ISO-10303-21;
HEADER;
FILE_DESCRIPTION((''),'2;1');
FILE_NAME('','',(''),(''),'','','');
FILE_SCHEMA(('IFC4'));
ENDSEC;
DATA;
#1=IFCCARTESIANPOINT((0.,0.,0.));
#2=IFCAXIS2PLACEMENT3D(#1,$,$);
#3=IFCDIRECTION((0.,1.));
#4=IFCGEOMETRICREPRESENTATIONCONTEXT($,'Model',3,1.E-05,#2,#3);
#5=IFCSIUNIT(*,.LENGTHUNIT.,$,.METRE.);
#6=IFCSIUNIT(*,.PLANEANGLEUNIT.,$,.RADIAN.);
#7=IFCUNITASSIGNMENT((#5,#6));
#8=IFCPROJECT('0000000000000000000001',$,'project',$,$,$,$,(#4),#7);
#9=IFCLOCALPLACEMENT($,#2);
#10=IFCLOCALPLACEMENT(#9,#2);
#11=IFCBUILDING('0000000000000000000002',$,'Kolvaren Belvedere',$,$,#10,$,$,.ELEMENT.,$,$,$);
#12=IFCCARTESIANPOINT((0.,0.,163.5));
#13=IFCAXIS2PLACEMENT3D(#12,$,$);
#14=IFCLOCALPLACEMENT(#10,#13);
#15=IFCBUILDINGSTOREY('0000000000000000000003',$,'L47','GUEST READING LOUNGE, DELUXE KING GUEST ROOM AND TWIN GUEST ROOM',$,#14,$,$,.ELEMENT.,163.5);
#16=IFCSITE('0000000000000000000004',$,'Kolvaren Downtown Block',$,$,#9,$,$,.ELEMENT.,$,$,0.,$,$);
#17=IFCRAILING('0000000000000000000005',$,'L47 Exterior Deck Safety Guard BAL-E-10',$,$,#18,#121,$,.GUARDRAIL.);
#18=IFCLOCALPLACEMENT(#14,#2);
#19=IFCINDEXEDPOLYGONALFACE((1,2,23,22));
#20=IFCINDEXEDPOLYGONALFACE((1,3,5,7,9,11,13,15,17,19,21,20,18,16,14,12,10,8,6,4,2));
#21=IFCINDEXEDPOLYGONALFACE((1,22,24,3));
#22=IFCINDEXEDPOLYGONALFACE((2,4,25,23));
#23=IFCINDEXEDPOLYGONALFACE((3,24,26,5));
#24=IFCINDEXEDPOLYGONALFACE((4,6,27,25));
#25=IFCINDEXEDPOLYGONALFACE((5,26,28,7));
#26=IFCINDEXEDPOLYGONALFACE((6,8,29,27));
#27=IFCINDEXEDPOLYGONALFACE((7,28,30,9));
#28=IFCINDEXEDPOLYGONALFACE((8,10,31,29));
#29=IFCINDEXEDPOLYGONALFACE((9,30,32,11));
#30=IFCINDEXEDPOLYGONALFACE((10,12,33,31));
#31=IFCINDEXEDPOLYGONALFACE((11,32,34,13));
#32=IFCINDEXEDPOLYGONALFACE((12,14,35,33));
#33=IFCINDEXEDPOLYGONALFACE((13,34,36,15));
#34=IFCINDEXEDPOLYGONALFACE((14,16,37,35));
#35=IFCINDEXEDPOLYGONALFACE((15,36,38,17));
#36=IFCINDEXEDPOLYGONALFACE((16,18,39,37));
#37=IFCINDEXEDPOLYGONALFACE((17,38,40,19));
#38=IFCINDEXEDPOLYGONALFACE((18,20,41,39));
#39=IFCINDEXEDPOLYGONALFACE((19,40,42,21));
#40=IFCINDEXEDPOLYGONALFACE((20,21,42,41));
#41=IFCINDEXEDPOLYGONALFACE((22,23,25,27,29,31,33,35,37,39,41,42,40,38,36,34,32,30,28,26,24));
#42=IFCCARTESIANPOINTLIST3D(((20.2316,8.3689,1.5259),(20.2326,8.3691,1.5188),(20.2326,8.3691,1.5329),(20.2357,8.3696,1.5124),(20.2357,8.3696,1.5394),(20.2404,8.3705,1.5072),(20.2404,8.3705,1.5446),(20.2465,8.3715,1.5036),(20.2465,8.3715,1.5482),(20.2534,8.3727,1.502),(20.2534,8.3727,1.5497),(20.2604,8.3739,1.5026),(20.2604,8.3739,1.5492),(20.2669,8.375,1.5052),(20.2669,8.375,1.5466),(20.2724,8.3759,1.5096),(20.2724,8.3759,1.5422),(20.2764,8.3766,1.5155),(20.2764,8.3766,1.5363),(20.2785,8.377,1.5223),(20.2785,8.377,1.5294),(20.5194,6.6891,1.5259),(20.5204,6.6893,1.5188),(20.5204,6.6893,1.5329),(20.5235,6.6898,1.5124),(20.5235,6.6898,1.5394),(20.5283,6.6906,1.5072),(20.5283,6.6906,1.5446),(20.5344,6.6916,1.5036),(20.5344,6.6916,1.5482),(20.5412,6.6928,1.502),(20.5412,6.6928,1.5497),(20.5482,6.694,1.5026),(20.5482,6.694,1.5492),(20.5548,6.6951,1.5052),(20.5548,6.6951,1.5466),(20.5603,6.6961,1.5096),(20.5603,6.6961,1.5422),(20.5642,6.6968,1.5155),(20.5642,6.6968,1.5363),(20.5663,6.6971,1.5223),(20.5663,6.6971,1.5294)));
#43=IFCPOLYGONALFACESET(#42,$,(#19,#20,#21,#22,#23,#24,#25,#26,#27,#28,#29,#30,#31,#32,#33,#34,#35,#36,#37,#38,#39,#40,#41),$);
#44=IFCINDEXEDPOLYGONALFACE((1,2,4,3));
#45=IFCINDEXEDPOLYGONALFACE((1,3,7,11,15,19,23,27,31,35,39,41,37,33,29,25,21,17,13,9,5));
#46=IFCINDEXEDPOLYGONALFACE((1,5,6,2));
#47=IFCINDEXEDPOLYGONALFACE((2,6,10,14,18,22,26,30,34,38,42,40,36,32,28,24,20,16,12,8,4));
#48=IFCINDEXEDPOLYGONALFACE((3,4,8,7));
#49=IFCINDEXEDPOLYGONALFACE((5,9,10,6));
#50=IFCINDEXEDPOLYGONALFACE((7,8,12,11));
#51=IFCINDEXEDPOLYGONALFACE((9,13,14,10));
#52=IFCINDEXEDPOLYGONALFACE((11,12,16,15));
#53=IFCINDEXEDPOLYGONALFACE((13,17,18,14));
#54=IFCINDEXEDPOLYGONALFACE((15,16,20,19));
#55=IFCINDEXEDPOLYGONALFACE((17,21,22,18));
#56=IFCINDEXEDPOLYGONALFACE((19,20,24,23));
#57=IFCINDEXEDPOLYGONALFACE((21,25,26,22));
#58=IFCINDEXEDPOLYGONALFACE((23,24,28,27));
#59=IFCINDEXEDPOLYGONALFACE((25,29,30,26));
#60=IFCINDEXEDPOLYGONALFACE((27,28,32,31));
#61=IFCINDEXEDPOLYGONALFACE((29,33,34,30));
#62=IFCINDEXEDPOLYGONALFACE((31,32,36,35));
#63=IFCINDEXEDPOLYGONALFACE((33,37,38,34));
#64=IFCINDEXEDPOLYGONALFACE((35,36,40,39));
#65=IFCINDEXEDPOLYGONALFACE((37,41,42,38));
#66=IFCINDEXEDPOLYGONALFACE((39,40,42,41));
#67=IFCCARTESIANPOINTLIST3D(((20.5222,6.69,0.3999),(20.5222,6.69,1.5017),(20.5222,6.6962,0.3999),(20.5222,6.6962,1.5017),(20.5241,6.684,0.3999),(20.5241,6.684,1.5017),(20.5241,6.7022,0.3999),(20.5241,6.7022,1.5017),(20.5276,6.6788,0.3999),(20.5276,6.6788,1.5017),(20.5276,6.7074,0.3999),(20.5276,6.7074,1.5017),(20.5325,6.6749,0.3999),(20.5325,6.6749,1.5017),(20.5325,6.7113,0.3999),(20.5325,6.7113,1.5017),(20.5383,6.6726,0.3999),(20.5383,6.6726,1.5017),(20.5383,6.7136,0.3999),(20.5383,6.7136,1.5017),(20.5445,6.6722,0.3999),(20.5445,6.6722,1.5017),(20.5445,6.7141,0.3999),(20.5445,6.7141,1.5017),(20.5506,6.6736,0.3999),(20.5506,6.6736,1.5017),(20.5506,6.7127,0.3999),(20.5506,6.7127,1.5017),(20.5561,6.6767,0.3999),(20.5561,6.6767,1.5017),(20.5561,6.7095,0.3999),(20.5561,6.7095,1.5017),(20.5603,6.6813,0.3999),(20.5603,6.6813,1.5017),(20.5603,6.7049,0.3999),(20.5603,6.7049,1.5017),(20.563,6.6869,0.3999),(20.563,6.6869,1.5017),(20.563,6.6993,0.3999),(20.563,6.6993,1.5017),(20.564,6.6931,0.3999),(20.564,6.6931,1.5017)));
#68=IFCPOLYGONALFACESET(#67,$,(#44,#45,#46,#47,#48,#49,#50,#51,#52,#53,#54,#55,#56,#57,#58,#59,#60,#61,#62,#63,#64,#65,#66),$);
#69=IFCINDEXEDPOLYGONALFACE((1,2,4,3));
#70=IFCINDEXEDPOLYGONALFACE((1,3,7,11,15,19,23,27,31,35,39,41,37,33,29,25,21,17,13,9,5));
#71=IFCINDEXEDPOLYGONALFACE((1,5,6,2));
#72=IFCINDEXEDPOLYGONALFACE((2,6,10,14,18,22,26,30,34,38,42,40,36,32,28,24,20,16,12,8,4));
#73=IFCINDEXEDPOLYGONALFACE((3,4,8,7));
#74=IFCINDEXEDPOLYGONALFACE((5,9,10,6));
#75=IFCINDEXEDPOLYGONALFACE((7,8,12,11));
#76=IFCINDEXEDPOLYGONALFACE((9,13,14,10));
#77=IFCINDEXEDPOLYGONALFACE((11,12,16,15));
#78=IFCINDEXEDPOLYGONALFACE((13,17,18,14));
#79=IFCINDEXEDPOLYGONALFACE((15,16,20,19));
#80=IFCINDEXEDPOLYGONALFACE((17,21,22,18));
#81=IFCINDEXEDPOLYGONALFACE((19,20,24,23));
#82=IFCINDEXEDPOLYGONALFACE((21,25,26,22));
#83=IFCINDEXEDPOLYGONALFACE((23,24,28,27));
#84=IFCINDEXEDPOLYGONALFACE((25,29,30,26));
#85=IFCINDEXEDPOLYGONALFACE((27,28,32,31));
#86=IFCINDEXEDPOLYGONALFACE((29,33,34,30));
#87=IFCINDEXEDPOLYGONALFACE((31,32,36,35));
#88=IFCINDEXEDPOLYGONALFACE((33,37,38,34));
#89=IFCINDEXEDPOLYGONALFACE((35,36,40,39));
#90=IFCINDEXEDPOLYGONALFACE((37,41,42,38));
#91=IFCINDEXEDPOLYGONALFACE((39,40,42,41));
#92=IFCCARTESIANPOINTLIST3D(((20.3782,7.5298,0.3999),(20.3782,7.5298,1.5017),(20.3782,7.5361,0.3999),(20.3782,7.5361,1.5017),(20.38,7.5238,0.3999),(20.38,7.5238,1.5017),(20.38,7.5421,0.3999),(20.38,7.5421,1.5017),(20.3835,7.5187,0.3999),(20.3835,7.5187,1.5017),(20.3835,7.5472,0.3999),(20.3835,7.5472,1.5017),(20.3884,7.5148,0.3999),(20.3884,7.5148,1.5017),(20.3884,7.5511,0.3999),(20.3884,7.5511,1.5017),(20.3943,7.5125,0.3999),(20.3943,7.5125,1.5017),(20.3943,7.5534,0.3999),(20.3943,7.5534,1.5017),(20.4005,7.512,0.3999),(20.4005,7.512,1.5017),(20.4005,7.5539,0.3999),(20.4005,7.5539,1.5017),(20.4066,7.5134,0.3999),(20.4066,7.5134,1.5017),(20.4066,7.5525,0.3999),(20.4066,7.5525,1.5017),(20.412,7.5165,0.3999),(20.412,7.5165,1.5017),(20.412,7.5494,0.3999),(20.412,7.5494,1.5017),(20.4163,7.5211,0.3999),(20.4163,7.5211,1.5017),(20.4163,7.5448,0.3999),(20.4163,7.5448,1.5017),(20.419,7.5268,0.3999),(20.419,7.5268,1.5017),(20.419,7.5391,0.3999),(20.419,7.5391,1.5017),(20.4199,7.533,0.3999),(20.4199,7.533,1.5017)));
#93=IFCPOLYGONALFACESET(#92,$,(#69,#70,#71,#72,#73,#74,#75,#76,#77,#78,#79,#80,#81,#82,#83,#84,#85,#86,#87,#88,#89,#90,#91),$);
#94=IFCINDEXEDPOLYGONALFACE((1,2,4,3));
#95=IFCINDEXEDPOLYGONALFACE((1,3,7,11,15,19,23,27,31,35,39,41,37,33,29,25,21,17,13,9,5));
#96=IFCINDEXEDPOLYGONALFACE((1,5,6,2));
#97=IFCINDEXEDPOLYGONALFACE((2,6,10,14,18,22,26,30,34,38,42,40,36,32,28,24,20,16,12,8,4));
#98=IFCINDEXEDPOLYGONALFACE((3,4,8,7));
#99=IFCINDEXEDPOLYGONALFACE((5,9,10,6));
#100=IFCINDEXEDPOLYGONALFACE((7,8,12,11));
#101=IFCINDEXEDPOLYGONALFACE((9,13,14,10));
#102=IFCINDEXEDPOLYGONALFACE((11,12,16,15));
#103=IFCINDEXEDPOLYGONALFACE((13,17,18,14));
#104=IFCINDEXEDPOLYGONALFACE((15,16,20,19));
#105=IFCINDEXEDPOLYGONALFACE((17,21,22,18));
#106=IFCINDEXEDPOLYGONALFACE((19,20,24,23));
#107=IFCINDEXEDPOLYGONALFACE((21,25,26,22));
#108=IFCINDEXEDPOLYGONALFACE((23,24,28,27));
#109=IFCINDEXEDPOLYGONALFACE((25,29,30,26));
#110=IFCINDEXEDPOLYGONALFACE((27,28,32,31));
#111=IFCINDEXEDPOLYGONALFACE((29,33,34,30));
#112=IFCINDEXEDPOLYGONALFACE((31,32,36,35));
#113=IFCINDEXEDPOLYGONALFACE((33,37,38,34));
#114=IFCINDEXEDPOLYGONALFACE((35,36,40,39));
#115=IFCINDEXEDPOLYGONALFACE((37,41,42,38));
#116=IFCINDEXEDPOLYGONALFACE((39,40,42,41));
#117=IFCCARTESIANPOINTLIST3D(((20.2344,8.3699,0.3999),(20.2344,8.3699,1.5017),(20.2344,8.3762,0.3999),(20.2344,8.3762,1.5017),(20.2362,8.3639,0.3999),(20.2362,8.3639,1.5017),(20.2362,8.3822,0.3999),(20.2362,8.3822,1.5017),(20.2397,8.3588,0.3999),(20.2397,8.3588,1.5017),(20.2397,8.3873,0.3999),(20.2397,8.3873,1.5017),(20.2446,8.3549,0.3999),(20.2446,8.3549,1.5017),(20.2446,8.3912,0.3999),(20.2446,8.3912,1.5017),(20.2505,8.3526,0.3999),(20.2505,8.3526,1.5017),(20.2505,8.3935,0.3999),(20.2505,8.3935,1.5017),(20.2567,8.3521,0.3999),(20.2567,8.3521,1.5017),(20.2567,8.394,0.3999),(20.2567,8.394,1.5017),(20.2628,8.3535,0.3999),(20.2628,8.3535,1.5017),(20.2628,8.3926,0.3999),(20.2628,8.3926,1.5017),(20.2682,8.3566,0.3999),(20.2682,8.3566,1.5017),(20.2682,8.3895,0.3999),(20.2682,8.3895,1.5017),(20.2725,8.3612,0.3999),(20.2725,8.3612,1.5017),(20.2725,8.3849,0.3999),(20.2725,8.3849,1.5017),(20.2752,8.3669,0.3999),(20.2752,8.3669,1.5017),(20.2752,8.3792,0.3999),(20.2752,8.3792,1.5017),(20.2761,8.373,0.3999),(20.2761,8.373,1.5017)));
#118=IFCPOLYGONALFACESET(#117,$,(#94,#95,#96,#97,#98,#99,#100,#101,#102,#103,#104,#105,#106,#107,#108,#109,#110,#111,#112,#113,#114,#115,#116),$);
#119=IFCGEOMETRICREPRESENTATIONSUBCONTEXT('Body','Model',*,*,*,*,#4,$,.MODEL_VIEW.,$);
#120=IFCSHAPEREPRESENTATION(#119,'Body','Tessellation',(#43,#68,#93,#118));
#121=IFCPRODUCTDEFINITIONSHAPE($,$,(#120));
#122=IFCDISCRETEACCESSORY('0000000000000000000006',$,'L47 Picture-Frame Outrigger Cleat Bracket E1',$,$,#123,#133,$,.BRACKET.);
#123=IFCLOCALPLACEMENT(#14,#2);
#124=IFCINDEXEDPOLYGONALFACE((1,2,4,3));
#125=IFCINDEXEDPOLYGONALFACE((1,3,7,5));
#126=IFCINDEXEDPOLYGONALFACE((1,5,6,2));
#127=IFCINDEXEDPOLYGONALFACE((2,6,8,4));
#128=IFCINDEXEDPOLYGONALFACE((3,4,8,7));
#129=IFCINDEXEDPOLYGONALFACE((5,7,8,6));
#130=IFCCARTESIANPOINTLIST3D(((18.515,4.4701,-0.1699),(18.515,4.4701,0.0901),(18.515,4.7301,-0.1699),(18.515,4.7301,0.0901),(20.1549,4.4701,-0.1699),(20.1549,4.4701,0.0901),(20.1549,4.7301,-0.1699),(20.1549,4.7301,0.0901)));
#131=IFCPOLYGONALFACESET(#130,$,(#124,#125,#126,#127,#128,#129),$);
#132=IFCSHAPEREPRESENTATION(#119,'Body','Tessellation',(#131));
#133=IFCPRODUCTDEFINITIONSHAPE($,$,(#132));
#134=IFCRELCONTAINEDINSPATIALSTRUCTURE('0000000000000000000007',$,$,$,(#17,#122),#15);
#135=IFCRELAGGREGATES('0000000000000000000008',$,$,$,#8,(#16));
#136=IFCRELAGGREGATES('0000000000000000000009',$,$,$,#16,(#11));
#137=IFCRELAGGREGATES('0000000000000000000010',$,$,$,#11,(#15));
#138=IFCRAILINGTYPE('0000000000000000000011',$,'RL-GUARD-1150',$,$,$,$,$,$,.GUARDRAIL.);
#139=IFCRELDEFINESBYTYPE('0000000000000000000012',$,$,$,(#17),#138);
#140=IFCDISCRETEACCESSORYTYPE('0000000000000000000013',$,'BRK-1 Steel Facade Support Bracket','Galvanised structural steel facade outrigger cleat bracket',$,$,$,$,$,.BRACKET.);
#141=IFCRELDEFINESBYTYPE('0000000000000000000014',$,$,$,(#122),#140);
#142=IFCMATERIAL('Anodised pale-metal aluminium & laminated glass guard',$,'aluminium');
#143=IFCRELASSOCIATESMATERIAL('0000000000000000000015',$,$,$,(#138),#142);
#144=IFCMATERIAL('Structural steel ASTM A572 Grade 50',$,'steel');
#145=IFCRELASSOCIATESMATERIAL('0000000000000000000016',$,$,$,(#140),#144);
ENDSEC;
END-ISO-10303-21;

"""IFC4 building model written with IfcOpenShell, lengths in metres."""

from ifc_helpers import new_model, si_unit, direction, frame, origin, origin_2d, place, context, subcontext, project, spatial, rectangle, circle, extrude, material, type_object, element, save


model = new_model("IFC4")

# Units and contexts
model_context = context("Model", 3, precision=1e-05, world=origin(), true_north=direction((0.0, 1.0)))
body_context = subcontext(model_context, "Body", "Model", "MODEL_VIEW")
ifc_project = project(units=[si_unit("LENGTHUNIT", "METRE"), si_unit("PLANEANGLEUNIT", "RADIAN")], contexts=[model_context])

# Site, building, storey
site_placement = place(None, origin())
site = spatial("IfcSite", under=ifc_project, at=site_placement, Name="Kolvaren Downtown Block", CompositionType="ELEMENT", RefElevation=0.0)
building_placement = place(site_placement, origin())
building = spatial("IfcBuilding", under=site, at=building_placement, Name="Kolvaren Belvedere", CompositionType="ELEMENT")
storey_placement = place(building_placement, frame((0.0, 0.0, 163.5)))
storey = spatial("IfcBuildingStorey", under=building, at=storey_placement, Name="L47", Description="GUEST READING LOUNGE, DELUXE KING GUEST ROOM AND TWIN GUEST ROOM", CompositionType="ELEMENT", Elevation=163.5)

# Railing
ifc_material_1 = material(Name="Anodised pale-metal aluminium & laminated glass guard", Category="aluminium")
railing_type = type_object("IfcRailingType", Name="RL-GUARD-1150", PredefinedType="GUARDRAIL", material=ifc_material_1)
railing_1_placement = place(storey_placement, frame((20.543, 6.6931, 0.3999)))
element("IfcRailing", 1, at=railing_1_placement, inside=storey, type_object=railing_type, Name="L47 Exterior Deck Safety Guard BAL-E-10", PredefinedType="GUARDRAIL", context=body_context, shape_type="SweptSolid", body=[
    extrude(circle(Radius=0.0239, at=origin_2d()), frame((0.0, 0.0, 1.126), z_axis=(-0.16888, 0.985637, 0.0), x_axis=(-0.985637, -0.16888, 0.0)), (0.0, 0.0, 1.0), 1.7043),
    extrude(circle(Radius=0.021, at=origin_2d()), origin(), (0.0, 0.0, 1.0), 1.1018),
    extrude(circle(Radius=0.021, at=origin_2d()), frame((-0.144, 0.8398, 0.0)), (0.0, 0.0, 1.0), 1.1018),
    extrude(circle(Radius=0.021, at=origin_2d()), frame((-0.2878, 1.6799, 0.0)), (0.0, 0.0, 1.0), 1.1018),
])

# Discrete accessory
ifc_material_2 = material(Name="Structural steel ASTM A572 Grade 50", Category="steel")
discrete_accessory_type = type_object("IfcDiscreteAccessoryType", Name="BRK-1 Steel Facade Support Bracket", Description="Galvanised structural steel facade outrigger cleat bracket", PredefinedType="BRACKET", material=ifc_material_2)
discrete_accessory_placement = place(storey_placement, frame((19.335, 4.6001, -0.1699), z_axis=(0.0, 0.0, 1.0), x_axis=(1.0, 0.0, 0.0)))
element("IfcDiscreteAccessory", 2, at=discrete_accessory_placement, inside=storey, type_object=discrete_accessory_type, Name="L47 Picture-Frame Outrigger Cleat Bracket E1", PredefinedType="BRACKET", context=body_context, shape_type="SweptSolid", body=[
    extrude(rectangle(XDim=1.6399, YDim=0.26, at=origin_2d()), origin(), (0.0, 0.0, 1.0), 0.26),
])

save(model, "model.ifc")
